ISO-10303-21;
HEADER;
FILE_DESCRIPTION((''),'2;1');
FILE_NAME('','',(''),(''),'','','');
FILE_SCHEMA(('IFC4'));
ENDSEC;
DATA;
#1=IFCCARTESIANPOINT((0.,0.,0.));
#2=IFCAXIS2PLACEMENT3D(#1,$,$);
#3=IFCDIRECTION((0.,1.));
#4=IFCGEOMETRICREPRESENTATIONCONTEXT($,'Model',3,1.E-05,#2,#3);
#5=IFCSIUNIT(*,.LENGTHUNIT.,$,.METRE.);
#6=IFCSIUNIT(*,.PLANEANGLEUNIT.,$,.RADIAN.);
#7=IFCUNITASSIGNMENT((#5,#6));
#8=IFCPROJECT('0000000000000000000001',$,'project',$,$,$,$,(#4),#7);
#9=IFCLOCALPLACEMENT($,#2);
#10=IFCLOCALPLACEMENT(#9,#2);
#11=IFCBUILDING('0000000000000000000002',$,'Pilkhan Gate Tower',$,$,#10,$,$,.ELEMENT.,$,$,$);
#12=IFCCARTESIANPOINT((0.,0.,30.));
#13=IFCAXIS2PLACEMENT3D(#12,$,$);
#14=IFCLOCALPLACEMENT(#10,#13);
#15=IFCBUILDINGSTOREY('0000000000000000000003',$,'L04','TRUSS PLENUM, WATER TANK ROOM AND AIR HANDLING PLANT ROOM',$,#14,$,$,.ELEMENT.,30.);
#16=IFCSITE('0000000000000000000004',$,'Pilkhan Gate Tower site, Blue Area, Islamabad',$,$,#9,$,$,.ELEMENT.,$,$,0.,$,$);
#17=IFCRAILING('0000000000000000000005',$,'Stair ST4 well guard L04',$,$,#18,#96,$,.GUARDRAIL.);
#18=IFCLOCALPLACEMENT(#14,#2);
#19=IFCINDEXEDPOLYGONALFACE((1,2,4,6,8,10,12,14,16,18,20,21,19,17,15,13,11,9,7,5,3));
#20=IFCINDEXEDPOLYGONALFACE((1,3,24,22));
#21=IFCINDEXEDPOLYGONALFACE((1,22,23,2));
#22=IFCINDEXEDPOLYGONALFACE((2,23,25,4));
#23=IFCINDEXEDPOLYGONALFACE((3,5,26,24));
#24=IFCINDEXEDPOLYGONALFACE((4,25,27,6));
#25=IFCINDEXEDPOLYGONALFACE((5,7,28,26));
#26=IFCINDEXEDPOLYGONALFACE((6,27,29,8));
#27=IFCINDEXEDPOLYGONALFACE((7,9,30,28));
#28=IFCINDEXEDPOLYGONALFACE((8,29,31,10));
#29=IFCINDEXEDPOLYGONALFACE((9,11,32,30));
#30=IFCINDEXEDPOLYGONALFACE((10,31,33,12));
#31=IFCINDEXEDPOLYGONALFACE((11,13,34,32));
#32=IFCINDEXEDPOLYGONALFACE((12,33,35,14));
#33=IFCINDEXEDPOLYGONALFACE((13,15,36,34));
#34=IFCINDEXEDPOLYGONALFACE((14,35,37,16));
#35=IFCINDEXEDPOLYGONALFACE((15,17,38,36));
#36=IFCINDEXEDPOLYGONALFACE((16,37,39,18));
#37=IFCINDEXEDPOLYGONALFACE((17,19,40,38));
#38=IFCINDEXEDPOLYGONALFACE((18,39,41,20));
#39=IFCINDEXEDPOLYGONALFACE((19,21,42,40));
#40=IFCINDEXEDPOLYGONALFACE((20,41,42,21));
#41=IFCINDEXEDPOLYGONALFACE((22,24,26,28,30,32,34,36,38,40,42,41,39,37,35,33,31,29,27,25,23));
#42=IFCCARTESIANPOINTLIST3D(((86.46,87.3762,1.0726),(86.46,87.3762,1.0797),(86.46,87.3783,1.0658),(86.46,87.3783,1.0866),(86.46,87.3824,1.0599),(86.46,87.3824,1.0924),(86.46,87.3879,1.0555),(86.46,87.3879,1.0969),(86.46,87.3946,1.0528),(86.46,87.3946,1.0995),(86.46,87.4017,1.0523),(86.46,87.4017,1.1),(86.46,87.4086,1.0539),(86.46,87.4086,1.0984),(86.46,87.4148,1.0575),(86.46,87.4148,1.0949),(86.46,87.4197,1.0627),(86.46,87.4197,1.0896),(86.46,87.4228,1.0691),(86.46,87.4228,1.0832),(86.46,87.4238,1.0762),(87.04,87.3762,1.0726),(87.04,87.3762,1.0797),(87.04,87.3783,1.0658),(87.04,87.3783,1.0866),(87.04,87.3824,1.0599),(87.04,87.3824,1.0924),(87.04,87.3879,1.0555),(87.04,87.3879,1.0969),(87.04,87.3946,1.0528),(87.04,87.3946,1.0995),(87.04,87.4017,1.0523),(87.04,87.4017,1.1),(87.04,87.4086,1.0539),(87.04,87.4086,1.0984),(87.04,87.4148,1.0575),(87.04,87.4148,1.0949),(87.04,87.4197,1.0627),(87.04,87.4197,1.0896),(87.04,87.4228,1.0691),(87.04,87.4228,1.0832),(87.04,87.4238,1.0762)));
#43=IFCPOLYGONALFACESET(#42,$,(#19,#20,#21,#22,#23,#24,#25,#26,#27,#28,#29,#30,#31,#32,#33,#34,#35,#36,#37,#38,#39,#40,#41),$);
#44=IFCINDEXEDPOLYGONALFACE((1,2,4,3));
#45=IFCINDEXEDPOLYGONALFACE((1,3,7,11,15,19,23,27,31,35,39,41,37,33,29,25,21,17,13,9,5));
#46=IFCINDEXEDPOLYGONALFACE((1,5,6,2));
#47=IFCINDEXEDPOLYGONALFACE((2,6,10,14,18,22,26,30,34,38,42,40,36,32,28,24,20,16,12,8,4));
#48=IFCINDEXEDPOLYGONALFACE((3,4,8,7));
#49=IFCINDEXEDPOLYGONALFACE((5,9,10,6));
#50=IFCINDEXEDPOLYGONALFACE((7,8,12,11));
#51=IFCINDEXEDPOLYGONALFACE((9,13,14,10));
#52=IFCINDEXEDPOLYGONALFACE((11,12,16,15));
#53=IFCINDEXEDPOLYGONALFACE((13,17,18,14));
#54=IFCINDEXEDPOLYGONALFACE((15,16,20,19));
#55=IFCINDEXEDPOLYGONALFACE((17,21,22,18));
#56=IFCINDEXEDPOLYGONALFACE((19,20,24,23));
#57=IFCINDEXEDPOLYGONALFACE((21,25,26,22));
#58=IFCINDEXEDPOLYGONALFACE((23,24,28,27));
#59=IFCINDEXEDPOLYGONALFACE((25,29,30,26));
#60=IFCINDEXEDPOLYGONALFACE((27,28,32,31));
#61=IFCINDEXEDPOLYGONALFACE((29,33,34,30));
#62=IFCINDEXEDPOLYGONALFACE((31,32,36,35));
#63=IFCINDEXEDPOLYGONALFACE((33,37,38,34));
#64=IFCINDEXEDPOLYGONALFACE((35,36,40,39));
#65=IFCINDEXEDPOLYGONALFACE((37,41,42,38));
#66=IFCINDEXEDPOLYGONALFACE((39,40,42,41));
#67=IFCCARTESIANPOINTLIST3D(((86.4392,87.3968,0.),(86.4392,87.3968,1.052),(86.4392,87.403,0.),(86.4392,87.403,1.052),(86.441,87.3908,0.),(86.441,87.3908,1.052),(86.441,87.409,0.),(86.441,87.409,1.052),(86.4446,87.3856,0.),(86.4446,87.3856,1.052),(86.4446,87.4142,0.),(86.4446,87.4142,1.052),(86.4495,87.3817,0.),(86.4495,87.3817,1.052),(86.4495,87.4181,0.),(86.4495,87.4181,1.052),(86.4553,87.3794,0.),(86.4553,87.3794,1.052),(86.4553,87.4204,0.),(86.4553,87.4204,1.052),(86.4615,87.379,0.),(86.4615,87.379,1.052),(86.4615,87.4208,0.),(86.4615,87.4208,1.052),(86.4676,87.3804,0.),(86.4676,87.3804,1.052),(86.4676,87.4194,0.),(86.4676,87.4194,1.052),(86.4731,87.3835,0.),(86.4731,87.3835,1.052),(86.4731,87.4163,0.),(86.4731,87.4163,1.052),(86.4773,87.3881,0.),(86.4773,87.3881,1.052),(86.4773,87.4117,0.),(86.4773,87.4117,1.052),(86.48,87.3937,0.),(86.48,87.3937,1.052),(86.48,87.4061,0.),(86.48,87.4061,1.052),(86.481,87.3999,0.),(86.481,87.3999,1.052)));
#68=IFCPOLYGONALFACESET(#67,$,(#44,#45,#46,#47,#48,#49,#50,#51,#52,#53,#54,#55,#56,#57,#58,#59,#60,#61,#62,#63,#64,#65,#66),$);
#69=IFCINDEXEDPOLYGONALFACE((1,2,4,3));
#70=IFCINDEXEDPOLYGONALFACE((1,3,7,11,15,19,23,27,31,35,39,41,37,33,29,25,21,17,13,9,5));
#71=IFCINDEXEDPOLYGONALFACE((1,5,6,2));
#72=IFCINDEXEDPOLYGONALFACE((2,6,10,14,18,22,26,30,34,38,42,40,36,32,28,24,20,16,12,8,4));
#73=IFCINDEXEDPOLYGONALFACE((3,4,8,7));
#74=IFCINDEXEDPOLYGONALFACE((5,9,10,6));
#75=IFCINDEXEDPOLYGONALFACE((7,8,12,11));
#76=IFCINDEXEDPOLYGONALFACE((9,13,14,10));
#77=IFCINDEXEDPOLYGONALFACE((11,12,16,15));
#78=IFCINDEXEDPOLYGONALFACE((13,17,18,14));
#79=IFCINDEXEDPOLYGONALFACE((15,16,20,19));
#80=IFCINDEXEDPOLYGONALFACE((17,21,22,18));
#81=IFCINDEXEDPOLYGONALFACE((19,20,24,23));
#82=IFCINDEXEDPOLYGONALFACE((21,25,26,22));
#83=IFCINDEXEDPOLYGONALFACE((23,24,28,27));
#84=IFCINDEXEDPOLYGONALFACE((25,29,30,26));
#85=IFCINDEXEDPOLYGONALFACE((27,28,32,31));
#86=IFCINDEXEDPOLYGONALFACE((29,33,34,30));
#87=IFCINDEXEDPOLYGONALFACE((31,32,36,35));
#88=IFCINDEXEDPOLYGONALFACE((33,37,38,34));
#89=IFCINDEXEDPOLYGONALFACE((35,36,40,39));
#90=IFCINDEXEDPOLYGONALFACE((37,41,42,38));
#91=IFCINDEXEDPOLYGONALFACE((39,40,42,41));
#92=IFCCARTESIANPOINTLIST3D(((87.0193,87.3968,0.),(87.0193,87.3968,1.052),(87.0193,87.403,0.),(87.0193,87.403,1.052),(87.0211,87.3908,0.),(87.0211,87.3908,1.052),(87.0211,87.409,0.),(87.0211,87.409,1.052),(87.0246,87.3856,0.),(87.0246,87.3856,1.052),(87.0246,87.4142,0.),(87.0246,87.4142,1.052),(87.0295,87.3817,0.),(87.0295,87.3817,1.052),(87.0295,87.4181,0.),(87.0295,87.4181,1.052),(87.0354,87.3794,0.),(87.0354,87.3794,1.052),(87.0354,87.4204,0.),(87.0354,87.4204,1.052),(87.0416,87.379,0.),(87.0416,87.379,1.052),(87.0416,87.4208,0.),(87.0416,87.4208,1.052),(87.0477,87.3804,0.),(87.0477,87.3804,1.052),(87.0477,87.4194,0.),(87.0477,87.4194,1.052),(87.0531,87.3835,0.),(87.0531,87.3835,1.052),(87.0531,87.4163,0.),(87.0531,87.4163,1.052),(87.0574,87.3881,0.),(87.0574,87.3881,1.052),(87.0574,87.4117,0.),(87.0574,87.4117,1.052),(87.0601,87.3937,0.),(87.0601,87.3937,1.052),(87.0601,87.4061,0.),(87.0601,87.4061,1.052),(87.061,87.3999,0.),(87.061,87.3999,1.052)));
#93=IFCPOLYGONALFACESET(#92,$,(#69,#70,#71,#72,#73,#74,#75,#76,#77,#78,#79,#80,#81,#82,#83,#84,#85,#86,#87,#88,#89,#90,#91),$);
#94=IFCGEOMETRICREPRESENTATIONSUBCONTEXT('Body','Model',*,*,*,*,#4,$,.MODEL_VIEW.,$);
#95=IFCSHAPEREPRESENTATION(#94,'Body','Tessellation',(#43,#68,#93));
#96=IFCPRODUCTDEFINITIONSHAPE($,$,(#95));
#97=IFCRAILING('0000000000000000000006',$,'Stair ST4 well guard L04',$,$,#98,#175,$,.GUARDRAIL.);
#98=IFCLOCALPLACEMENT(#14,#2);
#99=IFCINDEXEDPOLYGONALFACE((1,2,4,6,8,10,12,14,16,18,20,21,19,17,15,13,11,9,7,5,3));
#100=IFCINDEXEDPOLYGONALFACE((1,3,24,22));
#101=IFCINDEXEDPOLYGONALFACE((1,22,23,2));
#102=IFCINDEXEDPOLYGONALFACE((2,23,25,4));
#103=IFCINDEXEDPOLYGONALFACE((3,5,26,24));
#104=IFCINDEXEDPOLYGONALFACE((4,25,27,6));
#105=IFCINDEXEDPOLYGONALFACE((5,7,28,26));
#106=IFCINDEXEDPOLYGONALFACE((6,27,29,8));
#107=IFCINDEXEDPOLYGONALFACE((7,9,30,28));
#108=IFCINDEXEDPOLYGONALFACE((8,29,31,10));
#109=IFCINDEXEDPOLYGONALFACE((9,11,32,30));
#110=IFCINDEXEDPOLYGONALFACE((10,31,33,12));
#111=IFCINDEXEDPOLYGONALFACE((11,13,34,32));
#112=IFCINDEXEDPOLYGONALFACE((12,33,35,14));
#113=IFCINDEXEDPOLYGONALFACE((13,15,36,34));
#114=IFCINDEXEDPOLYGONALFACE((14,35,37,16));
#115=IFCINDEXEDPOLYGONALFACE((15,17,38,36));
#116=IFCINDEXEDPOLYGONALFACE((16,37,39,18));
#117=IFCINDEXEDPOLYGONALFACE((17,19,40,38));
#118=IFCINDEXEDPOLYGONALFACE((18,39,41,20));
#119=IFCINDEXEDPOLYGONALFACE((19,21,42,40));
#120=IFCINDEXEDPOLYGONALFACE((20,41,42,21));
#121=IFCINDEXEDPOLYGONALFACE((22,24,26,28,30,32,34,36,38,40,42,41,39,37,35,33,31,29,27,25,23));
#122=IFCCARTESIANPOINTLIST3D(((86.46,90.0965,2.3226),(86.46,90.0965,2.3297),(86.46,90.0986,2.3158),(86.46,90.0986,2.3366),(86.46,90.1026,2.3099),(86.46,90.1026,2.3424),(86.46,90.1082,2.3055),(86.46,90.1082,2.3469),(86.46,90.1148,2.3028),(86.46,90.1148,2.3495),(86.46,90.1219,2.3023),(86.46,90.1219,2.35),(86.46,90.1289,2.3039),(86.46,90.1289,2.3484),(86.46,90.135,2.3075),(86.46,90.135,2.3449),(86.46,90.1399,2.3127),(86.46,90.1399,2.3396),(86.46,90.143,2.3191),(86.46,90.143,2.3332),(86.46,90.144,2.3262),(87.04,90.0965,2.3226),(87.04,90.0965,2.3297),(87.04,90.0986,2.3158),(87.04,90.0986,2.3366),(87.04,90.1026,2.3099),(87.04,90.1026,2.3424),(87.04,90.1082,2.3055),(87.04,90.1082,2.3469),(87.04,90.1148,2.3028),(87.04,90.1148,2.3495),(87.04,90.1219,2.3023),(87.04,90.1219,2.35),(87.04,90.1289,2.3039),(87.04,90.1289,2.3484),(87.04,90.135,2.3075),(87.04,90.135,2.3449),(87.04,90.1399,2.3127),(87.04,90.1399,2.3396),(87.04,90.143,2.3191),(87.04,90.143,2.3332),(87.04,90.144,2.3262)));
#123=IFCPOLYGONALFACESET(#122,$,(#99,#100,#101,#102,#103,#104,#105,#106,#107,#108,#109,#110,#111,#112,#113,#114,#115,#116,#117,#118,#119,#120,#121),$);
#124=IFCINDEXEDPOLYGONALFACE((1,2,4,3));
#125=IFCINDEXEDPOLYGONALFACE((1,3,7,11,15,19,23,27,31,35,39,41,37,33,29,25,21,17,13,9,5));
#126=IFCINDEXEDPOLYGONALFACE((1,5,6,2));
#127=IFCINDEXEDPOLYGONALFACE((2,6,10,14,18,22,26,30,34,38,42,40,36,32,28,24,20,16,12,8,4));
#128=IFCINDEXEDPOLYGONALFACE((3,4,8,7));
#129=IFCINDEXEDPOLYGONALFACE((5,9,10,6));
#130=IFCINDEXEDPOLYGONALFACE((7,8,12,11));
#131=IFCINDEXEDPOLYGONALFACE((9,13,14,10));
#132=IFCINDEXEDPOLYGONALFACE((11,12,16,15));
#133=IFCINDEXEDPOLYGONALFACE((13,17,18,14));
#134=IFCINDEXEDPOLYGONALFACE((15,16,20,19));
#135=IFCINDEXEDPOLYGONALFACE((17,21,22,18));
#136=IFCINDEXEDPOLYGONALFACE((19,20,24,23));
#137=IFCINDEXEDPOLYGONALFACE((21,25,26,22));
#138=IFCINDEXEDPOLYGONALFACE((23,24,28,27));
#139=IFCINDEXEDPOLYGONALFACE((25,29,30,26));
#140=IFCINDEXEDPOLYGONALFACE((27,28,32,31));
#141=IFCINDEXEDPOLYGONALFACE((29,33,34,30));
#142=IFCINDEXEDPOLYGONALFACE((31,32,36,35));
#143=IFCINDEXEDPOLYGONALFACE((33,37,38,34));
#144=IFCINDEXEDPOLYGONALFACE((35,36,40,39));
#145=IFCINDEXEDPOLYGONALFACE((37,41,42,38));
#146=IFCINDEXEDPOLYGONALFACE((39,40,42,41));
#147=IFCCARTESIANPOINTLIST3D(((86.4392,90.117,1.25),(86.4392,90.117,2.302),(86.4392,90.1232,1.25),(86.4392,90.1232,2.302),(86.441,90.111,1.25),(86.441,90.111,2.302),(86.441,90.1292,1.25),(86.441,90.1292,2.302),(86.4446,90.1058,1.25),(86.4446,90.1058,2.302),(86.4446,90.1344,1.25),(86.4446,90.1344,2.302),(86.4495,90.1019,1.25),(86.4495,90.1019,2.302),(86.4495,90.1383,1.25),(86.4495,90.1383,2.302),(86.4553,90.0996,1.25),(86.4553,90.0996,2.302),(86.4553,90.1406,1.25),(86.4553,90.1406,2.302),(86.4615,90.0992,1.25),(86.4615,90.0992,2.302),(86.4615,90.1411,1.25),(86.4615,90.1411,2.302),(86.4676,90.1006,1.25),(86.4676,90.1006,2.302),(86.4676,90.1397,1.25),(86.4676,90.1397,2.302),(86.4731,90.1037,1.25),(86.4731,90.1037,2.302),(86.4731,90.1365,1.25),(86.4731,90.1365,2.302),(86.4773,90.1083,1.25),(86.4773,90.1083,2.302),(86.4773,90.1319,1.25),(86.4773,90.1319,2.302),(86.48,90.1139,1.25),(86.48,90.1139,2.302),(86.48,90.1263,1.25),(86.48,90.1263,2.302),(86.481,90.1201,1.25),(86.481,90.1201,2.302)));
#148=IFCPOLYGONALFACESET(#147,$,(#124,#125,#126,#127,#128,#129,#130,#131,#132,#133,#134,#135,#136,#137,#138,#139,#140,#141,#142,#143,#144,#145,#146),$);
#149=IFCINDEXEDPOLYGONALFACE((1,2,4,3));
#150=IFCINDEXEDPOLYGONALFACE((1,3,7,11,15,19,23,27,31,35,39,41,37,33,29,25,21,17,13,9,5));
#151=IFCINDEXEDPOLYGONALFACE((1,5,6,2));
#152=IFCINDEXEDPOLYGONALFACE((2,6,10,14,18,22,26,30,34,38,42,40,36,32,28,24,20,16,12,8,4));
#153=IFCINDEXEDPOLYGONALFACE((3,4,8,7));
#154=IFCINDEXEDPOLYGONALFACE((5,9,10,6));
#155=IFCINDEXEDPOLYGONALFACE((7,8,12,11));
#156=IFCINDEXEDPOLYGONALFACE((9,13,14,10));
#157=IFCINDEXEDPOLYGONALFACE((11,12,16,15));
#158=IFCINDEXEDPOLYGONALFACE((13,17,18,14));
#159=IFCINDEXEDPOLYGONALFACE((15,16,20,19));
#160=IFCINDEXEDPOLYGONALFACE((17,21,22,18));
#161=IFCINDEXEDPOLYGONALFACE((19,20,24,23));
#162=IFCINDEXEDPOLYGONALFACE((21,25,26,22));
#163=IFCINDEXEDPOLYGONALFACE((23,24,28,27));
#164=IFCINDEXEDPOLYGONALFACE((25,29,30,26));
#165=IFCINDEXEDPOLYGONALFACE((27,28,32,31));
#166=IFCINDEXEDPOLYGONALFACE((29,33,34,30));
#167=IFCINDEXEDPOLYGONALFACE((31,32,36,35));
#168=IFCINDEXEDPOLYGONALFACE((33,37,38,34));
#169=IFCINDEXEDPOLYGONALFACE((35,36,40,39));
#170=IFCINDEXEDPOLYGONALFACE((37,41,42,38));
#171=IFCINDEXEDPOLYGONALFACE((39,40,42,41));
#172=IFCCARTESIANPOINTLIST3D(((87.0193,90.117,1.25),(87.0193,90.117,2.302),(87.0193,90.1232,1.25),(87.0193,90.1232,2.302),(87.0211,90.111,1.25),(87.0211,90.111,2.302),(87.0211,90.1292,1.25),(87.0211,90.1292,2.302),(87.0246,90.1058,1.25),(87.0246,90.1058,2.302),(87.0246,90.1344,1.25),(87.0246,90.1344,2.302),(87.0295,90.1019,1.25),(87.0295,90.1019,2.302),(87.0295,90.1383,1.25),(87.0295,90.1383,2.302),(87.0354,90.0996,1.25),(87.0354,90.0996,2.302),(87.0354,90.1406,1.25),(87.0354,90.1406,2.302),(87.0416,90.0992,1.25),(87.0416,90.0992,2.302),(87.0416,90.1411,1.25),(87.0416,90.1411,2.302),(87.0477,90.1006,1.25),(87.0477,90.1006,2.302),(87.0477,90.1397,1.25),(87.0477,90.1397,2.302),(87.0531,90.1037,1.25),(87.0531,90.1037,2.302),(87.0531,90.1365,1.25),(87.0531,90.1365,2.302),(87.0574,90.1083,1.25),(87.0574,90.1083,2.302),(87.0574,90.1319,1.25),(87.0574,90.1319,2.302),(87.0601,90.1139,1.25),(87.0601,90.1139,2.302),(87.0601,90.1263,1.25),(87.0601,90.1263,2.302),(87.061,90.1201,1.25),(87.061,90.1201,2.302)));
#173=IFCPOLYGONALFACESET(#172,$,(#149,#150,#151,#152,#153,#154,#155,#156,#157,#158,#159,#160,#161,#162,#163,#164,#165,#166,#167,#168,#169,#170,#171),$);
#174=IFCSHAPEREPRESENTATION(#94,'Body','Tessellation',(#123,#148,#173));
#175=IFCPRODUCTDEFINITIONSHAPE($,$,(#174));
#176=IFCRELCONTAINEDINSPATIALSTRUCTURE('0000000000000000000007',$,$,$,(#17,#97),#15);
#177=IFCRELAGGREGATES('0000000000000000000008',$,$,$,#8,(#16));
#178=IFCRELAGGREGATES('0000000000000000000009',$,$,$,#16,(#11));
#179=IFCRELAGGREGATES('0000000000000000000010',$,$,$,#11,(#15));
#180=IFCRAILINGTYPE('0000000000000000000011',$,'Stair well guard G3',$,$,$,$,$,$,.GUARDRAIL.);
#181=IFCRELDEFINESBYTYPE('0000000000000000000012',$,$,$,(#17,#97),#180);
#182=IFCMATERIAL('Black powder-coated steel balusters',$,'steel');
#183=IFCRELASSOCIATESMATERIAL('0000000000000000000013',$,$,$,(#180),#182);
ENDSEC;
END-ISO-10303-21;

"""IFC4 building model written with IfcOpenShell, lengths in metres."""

from ifc_helpers import new_model, si_unit, direction, frame, origin, origin_2d, place, context, subcontext, project, spatial, circle, extrude, material, type_object, element, save


model = new_model("IFC4")

# Units and contexts
model_context = context("Model", 3, precision=1e-05, world=origin(), true_north=direction((0.0, 1.0)))
body_context = subcontext(model_context, "Body", "Model", "MODEL_VIEW")
ifc_project = project(units=[si_unit("LENGTHUNIT", "METRE"), si_unit("PLANEANGLEUNIT", "RADIAN")], contexts=[model_context])

# Site, building, storey
site_placement = place(None, origin())
site = spatial("IfcSite", under=ifc_project, at=site_placement, Name="Pilkhan Gate Tower site, Blue Area, Islamabad", CompositionType="ELEMENT", RefElevation=0.0)
building_placement = place(site_placement, origin())
building = spatial("IfcBuilding", under=site, at=building_placement, Name="Pilkhan Gate Tower", CompositionType="ELEMENT")
storey_placement = place(building_placement, frame((0.0, 0.0, 30.0)))
storey = spatial("IfcBuildingStorey", under=building, at=storey_placement, Name="L04", Description="TRUSS PLENUM, WATER TANK ROOM AND AIR HANDLING PLANT ROOM", CompositionType="ELEMENT", Elevation=30.0)

# Railings
ifc_material_1 = material(Name="Black powder-coated steel balusters", Category="steel")
railing_type_1 = type_object("IfcRailingType", Name="Stair well guard G3", PredefinedType="GUARDRAIL", material=ifc_material_1)
for number, where, name in (
    (1, (86.46, 87.3999, 0.0), "Stair ST4 well guard L04"),
    (2, (86.46, 90.1201, 1.25), "Stair ST4 well guard L04"),
):
    element("IfcRailing", number, at=place(storey_placement, frame(where)), inside=storey, type_object=railing_type_1, Name=name, PredefinedType="GUARDRAIL", context=body_context, shape_type="SweptSolid", body=[
        extrude(circle(Radius=0.0239, at=origin_2d()), frame((0.0, 0.0, 1.0762), z_axis=(1.0, 0.0, 0.0), x_axis=(0.0, 1.0, 0.0)), (0.0, 0.0, 1.0), 0.5801),
        extrude(circle(Radius=0.021, at=origin_2d()), origin(), (0.0, 0.0, 1.0), 1.052),
        extrude(circle(Radius=0.021, at=origin_2d()), frame((0.5801, 0.0, 0.0)), (0.0, 0.0, 1.0), 1.052),
    ])

save(model, "model.ifc")
